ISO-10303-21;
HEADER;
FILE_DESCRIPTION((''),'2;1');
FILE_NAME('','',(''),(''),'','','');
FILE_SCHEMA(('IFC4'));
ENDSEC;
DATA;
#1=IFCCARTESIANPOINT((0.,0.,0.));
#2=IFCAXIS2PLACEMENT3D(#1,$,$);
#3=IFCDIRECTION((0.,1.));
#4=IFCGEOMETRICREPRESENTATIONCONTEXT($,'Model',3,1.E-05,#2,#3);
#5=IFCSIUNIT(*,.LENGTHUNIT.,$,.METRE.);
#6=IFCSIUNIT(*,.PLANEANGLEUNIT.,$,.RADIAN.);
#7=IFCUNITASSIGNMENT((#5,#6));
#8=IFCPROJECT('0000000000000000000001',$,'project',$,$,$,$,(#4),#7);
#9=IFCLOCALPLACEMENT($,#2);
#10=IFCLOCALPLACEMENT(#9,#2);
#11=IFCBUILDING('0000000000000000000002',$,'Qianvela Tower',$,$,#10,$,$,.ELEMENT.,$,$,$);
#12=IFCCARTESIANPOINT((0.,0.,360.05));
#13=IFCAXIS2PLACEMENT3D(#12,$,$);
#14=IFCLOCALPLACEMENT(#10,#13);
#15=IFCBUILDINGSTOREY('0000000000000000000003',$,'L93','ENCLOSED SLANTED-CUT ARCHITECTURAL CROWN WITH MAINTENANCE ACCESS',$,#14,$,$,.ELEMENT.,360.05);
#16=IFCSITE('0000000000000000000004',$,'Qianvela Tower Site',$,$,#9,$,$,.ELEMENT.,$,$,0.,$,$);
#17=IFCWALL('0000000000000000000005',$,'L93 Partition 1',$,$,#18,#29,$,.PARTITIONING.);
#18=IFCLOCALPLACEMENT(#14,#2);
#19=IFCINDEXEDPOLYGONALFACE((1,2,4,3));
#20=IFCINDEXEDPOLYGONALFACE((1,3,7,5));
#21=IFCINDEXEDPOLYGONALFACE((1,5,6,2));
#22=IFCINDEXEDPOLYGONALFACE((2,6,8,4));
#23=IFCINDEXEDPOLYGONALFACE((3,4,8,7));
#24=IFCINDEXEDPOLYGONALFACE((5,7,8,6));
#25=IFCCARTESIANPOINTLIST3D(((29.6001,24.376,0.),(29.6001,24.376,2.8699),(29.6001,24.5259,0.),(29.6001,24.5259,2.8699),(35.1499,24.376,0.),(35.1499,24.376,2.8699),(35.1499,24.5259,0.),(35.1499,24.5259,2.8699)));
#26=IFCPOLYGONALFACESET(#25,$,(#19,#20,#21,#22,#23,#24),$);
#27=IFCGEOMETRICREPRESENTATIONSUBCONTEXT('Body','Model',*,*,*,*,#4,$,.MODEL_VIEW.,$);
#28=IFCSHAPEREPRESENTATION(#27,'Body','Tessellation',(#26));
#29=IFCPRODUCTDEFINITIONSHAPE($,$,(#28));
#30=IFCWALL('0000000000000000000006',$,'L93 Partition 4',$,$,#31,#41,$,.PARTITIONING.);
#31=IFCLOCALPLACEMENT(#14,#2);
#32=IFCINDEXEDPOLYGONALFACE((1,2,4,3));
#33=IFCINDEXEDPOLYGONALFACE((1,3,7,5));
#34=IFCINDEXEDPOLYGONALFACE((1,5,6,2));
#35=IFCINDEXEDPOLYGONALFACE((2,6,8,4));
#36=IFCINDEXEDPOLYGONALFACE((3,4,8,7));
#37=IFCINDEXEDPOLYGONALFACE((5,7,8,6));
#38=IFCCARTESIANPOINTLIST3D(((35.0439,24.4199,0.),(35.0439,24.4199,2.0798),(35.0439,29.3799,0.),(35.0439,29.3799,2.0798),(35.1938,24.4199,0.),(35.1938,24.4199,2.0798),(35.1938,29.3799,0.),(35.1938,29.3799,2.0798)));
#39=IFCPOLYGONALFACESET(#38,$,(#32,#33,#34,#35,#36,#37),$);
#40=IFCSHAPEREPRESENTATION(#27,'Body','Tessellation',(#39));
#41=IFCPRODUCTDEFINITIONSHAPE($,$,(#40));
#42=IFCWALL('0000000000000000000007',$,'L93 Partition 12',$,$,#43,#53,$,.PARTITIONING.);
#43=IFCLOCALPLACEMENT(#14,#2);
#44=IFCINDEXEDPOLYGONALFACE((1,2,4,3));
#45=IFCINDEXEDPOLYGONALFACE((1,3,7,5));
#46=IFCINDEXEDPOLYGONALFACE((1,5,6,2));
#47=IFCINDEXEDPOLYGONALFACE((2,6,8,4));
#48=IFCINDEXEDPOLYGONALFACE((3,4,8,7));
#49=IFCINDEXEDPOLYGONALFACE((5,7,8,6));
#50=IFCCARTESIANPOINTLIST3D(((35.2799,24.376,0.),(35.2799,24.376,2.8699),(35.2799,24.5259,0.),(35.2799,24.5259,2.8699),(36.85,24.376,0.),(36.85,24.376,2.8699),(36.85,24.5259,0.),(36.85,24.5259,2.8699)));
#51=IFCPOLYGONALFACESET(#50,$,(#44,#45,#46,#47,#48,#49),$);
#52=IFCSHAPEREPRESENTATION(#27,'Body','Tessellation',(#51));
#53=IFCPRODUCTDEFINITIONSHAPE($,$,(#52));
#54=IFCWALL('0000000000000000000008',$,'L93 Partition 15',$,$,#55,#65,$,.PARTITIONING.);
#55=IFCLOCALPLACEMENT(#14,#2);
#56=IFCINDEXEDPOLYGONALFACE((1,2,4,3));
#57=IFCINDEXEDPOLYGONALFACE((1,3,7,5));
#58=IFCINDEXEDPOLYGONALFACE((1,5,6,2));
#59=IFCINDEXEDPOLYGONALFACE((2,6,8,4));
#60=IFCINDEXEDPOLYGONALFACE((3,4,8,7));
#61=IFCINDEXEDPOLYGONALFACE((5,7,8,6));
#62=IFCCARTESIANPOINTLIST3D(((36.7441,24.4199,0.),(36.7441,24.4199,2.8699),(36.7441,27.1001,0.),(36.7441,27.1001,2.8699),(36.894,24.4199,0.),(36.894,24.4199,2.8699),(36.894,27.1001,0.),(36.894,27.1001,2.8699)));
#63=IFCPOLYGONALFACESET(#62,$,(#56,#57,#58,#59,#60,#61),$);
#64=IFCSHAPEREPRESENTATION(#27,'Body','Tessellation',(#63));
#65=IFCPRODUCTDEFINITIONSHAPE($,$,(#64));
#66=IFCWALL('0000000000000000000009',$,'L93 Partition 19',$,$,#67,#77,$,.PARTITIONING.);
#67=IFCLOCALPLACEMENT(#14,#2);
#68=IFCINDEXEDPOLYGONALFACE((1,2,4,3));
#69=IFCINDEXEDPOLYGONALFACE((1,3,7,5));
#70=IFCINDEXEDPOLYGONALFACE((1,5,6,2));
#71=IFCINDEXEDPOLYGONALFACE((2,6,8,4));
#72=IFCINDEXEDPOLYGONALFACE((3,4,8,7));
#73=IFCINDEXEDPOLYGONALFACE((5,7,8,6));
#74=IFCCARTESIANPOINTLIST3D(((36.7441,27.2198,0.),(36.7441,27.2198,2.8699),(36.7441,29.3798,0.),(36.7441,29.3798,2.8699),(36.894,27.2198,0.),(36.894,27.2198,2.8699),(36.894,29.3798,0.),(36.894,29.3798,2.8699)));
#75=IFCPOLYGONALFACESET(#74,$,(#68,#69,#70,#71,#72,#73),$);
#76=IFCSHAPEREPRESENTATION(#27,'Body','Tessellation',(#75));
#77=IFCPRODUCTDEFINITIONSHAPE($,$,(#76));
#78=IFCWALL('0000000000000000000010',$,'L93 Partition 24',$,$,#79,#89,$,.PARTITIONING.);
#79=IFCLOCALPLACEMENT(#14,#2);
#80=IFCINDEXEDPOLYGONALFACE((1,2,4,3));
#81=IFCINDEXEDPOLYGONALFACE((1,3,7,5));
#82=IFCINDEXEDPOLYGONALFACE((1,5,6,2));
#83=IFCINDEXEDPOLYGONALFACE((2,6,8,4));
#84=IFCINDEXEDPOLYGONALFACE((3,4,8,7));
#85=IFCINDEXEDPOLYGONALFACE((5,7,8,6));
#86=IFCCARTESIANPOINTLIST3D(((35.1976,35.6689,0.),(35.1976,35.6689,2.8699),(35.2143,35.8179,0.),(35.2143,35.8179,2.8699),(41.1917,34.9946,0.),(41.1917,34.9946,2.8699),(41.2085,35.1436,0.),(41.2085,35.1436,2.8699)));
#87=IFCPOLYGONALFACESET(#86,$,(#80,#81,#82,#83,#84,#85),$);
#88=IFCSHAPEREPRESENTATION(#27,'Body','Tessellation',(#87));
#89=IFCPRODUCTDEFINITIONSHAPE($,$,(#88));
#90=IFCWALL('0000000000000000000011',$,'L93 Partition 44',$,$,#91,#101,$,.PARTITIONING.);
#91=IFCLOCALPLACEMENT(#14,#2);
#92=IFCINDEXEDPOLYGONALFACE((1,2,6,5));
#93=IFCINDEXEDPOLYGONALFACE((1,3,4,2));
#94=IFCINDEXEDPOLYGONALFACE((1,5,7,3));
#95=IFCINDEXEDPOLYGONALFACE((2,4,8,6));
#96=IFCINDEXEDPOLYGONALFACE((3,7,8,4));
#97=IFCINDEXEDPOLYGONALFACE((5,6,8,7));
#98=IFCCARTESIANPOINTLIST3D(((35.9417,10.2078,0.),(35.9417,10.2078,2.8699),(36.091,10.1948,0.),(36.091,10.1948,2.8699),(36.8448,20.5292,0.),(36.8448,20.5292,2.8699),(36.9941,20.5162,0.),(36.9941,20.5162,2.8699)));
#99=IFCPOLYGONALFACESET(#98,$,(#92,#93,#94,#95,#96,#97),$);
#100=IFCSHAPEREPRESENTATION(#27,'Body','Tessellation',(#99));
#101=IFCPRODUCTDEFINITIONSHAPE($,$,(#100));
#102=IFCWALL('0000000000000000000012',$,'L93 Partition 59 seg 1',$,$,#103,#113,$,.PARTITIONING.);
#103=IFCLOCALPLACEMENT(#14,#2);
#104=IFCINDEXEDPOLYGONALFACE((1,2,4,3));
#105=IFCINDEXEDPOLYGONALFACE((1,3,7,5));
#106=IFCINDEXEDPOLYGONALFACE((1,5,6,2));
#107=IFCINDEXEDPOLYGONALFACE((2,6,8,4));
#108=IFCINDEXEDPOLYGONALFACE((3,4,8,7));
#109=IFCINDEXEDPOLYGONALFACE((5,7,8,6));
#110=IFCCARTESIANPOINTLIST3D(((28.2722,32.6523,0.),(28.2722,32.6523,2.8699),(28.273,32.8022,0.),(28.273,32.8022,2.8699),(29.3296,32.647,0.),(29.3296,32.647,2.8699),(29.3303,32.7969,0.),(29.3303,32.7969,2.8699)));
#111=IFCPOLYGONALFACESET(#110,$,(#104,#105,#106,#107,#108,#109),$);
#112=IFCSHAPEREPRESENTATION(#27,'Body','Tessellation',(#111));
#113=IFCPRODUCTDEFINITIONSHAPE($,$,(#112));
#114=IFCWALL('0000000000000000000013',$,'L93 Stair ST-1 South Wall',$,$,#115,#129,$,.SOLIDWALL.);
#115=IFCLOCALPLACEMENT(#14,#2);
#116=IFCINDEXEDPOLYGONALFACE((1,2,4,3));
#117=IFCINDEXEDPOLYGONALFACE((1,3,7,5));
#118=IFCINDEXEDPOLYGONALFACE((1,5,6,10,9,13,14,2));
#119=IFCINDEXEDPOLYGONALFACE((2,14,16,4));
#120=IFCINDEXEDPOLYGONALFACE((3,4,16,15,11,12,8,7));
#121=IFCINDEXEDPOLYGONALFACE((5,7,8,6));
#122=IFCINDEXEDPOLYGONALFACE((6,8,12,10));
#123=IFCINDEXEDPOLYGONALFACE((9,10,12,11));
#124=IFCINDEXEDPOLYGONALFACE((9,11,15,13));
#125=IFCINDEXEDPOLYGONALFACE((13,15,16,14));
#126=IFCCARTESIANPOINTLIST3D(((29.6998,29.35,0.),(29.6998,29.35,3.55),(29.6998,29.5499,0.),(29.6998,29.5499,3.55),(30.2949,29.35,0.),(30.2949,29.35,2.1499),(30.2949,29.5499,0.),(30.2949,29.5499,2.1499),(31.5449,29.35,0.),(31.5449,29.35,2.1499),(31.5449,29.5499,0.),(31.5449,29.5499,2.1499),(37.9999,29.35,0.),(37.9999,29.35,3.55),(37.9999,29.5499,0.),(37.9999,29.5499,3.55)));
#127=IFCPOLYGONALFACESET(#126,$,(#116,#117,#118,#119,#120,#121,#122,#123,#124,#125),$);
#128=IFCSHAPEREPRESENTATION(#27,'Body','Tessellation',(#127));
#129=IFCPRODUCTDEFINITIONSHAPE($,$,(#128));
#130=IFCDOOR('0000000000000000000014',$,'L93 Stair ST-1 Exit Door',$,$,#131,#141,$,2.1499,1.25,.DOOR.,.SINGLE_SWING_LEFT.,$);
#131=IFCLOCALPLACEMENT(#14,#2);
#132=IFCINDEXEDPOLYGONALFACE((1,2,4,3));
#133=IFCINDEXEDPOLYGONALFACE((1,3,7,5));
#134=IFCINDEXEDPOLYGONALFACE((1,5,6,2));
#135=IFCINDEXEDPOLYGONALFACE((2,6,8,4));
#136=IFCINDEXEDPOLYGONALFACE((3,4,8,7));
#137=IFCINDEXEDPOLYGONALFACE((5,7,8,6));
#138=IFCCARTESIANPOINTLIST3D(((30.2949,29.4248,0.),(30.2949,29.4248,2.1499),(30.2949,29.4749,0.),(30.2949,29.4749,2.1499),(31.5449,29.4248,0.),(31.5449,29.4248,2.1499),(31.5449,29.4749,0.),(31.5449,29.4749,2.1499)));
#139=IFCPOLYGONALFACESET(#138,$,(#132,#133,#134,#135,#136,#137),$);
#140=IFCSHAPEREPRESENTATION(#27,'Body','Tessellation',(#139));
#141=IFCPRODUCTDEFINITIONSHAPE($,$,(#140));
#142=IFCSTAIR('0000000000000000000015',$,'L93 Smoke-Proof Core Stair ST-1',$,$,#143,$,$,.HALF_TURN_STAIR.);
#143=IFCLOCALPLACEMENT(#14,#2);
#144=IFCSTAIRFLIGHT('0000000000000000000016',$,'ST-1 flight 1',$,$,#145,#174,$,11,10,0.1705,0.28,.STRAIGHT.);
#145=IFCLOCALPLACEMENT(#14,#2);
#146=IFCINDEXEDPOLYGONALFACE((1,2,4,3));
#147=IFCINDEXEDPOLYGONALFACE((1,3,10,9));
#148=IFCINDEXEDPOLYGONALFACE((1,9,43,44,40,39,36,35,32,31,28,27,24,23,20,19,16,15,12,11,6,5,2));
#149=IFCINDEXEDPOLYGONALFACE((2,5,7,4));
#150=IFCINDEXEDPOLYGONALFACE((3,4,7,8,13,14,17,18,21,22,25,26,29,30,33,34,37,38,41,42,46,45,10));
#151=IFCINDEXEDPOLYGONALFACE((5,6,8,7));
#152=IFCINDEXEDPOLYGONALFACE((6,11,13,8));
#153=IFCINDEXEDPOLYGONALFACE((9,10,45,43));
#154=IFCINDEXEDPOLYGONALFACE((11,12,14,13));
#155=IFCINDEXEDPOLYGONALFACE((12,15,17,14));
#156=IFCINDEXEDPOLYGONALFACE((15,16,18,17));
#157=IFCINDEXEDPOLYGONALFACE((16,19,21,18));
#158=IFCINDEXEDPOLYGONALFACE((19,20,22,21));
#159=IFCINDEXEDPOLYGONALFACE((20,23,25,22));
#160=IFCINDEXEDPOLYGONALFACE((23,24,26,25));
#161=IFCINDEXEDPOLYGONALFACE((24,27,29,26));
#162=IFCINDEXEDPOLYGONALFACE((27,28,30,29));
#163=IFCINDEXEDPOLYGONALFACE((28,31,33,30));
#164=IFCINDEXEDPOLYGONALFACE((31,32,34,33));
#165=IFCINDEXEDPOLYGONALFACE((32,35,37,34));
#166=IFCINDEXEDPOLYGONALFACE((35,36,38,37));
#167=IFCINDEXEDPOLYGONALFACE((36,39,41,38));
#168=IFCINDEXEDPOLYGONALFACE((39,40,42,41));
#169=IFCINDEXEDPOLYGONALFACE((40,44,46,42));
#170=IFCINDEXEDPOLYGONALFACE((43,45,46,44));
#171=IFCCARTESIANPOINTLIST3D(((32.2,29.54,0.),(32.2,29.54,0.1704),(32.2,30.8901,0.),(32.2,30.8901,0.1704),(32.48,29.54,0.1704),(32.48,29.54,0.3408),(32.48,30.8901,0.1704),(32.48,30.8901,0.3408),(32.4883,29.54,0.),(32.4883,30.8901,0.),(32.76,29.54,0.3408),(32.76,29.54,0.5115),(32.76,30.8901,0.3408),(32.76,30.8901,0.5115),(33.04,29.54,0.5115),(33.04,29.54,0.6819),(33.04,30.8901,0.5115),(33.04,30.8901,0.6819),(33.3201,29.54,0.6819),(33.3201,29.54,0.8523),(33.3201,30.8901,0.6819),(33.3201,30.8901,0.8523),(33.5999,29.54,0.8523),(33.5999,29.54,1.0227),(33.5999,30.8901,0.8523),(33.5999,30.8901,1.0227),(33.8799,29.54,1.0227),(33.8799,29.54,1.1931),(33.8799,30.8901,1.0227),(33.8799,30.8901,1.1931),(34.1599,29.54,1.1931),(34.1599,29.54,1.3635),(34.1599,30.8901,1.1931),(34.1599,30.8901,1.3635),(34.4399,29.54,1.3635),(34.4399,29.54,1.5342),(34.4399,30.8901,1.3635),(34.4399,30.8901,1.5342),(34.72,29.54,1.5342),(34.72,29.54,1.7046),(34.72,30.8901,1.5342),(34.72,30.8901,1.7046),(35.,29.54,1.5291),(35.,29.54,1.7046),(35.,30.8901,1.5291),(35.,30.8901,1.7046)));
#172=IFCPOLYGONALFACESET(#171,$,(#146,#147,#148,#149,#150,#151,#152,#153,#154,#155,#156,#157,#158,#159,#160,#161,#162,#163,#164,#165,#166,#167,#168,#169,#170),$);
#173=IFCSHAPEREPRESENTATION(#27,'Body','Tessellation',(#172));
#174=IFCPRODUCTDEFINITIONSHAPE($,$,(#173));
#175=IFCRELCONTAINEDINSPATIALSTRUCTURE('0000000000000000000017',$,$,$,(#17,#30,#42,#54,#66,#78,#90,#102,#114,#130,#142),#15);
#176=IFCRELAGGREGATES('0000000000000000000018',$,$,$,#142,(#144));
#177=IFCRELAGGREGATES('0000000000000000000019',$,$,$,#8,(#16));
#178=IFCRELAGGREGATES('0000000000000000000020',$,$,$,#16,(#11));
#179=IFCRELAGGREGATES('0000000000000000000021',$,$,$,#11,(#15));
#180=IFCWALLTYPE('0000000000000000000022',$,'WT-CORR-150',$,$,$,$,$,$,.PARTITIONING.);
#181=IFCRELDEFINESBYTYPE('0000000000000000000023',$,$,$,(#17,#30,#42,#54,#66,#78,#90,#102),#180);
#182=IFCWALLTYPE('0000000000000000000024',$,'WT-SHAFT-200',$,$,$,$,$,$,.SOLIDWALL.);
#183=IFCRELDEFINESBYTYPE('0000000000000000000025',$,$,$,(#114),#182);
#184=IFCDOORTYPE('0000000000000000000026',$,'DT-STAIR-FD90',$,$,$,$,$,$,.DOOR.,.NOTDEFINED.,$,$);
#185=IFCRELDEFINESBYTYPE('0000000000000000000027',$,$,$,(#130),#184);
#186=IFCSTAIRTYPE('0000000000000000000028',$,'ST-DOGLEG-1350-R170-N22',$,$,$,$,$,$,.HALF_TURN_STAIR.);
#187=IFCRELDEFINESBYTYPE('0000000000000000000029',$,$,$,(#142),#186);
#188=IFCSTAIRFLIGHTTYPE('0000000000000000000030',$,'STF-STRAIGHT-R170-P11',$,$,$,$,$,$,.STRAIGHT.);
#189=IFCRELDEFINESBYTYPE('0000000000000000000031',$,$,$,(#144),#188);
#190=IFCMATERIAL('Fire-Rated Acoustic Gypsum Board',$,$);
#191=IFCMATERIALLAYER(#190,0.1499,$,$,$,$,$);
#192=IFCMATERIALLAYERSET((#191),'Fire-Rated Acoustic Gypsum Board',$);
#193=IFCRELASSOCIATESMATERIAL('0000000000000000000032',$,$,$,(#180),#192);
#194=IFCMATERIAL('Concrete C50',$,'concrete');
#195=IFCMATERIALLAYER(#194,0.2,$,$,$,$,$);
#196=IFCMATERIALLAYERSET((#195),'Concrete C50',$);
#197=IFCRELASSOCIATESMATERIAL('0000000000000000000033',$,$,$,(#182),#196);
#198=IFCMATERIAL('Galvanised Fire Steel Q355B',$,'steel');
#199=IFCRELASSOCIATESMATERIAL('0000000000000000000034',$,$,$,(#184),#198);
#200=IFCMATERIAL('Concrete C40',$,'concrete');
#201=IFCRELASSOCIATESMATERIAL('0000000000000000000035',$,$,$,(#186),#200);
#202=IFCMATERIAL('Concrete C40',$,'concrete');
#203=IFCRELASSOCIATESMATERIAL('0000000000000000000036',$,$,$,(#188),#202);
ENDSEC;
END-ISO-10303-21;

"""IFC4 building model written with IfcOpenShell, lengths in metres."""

from ifc_helpers import new_model, si_unit, direction, frame, frame_2d, origin, place, context, subcontext, project, spatial, polyline, rectangle, outline, extrude, material, layer, layer_set, type_object, element, fill, aggregate, save


model = new_model("IFC4")

# Units and contexts
model_context = context("Model", 3, precision=1e-05, world=origin(), true_north=direction((0.0, 1.0)))
body_context = subcontext(model_context, "Body", "Model", "MODEL_VIEW")
ifc_project = project(units=[si_unit("LENGTHUNIT", "METRE"), si_unit("PLANEANGLEUNIT", "RADIAN")], contexts=[model_context])

# Site, building, storey
site_placement = place(None, origin())
site = spatial("IfcSite", under=ifc_project, at=site_placement, Name="Qianvela Tower Site", CompositionType="ELEMENT", RefElevation=0.0)
building_placement = place(site_placement, origin())
building = spatial("IfcBuilding", under=site, at=building_placement, Name="Qianvela Tower", CompositionType="ELEMENT")
storey_placement = place(building_placement, frame((0.0, 0.0, 360.05)))
storey = spatial("IfcBuildingStorey", under=building, at=storey_placement, Name="L93", Description="ENCLOSED SLANTED-CUT ARCHITECTURAL CROWN WITH MAINTENANCE ACCESS", CompositionType="ELEMENT", Elevation=360.05)

# Walls
ifc_material_1 = material(Name="Fire-Rated Acoustic Gypsum Board")
ifc_layer_1 = layer(ifc_material_1, 0.1499)
ifc_layer_set_1 = layer_set([ifc_layer_1], Name="Fire-Rated Acoustic Gypsum Board")
wall_type_1 = type_object("IfcWallType", Name="WT-CORR-150", PredefinedType="PARTITIONING", material=ifc_layer_set_1)
wall_1_placement = place(storey_placement, frame((35.1499, 24.4509, 0.0), z_axis=(0.0, 0.0, 1.0), x_axis=(-1.0, 0.0, 0.0)))
element("IfcWall", 1, at=wall_1_placement, inside=storey, type_object=wall_type_1, Name="L93 Partition 1", PredefinedType="PARTITIONING", context=body_context, shape_type="SweptSolid", body=[
    extrude(rectangle(XDim=5.5498, YDim=0.1499, at=frame_2d((2.7749, 0.0))), origin(), (0.0, 0.0, 1.0), 2.8699),
])
wall_2_placement = place(storey_placement, frame((35.1189, 29.3799, 0.0), z_axis=(0.0, 0.0, 1.0), x_axis=(0.0, -1.0, 0.0)))
element("IfcWall", 2, at=wall_2_placement, inside=storey, type_object=wall_type_1, Name="L93 Partition 4", PredefinedType="PARTITIONING", context=body_context, shape_type="SweptSolid", body=[
    extrude(rectangle(XDim=4.96, YDim=0.1499, at=frame_2d((2.48, 0.0))), origin(), (0.0, 0.0, 1.0), 2.0798),
])
wall_3_placement = place(storey_placement, frame((36.8501, 24.4509, 0.0), z_axis=(0.0, 0.0, 1.0), x_axis=(-1.0, 0.0, 0.0)))
element("IfcWall", 3, at=wall_3_placement, inside=storey, type_object=wall_type_1, Name="L93 Partition 12", PredefinedType="PARTITIONING", context=body_context, shape_type="SweptSolid", body=[
    extrude(rectangle(XDim=1.5701, YDim=0.1499, at=frame_2d((0.7852, 0.0))), origin(), (0.0, 0.0, 1.0), 2.8699),
])

# Walls
wall_4_placement = place(storey_placement, frame((36.8191, 27.1001, 0.0), z_axis=(0.0, 0.0, 1.0), x_axis=(0.0, -1.0, 0.0)))
element("IfcWall", 4, at=wall_4_placement, inside=storey, type_object=wall_type_1, Name="L93 Partition 15", PredefinedType="PARTITIONING", context=body_context, shape_type="SweptSolid", body=[
    extrude(rectangle(XDim=2.6802, YDim=0.1499, at=frame_2d((1.3401, 0.0))), origin(), (0.0, 0.0, 1.0), 2.8699),
])
wall_5_placement = place(storey_placement, frame((36.8191, 29.3799, 0.0), z_axis=(0.0, 0.0, 1.0), x_axis=(0.0, -1.0, 0.0)))
element("IfcWall", 5, at=wall_5_placement, inside=storey, type_object=wall_type_1, Name="L93 Partition 19", PredefinedType="PARTITIONING", context=body_context, shape_type="SweptSolid", body=[
    extrude(rectangle(XDim=2.1599, YDim=0.1499, at=frame_2d((1.0801, 0.0))), origin(), (0.0, 0.0, 1.0), 2.8699),
])

# Walls
wall_6_placement = place(storey_placement, frame((35.2058, 35.7434, 0.0), z_axis=(0.0, 0.0, 1.0), x_axis=(0.993732, -0.111791, 0.0)))
element("IfcWall", 6, at=wall_6_placement, inside=storey, type_object=wall_type_1, Name="L93 Partition 24", PredefinedType="PARTITIONING", context=body_context, shape_type="SweptSolid", body=[
    extrude(rectangle(XDim=6.032, YDim=0.1499, at=frame_2d((3.0161, 0.0))), origin(), (0.0, 0.0, 1.0), 2.8699),
])
wall_7_placement = place(storey_placement, frame((36.9194, 20.5227, 0.0), z_axis=(0.0, 0.0, 1.0), x_axis=(-0.087163, -0.996194, 0.0)))
element("IfcWall", 7, at=wall_7_placement, inside=storey, type_object=wall_type_1, Name="L93 Partition 44", PredefinedType="PARTITIONING", context=body_context, shape_type="SweptSolid", body=[
    extrude(rectangle(XDim=10.3608, YDim=0.1499, at=frame_2d((5.1804, 0.0))), origin(), (0.0, 0.0, 1.0), 2.8699),
])
wall_8_placement = place(storey_placement, frame((29.3301, 32.7219, 0.0), z_axis=(0.0, 0.0, 1.0), x_axis=(-0.999987, 0.00508, 0.0)))
element("IfcWall", 8, at=wall_8_placement, inside=storey, type_object=wall_type_1, Name="L93 Partition 59 seg 1", PredefinedType="PARTITIONING", context=body_context, shape_type="SweptSolid", body=[
    extrude(rectangle(XDim=1.0574, YDim=0.1499, at=frame_2d((0.5288, 0.0))), origin(), (0.0, 0.0, 1.0), 2.8699),
])

# Wall, opening, door
ifc_material_2 = material(Name="Concrete C50", Category="concrete")
ifc_layer_2 = layer(ifc_material_2, 0.2)
ifc_layer_set_2 = layer_set([ifc_layer_2], Name="Concrete C50")
wall_type_2 = type_object("IfcWallType", Name="WT-SHAFT-200", PredefinedType="SOLIDWALL", material=ifc_layer_set_2)
wall_9_placement = place(storey_placement, frame((29.7, 29.45, 0.0), z_axis=(0.0, 0.0, 1.0), x_axis=(1.0, 0.0, 0.0)))
wall_9 = element("IfcWall", 9, at=wall_9_placement, inside=storey, type_object=wall_type_2, Name="L93 Stair ST-1 South Wall", PredefinedType="SOLIDWALL", context=body_context, shape_type="SweptSolid", body=[
    extrude(rectangle(XDim=8.3, YDim=0.2, at=frame_2d((4.1499, 0.0))), origin(), (0.0, 0.0, 1.0), 3.55),
])
opening_1_placement = place(wall_9_placement, frame((0.595, 0.0, 0.0)))
opening_1 = element("IfcOpeningElement", 10, at=opening_1_placement, cuts=wall_9, PredefinedType="OPENING", context=body_context, shape_type="SweptSolid", body=[
    extrude(rectangle(XDim=1.25, YDim=2.1499, at=frame_2d((0.625, 1.075))), frame((0.0, 0.1099, 0.0), z_axis=(0.0, -1.0, 0.0), x_axis=(1.0, 0.0, 0.0)), (0.0, 0.0, 1.0), 0.22),
])
ifc_material_3 = material(Name="Galvanised Fire Steel Q355B", Category="steel")
door_type_1 = type_object("IfcDoorType", Name="DT-STAIR-FD90", OperationType="NOTDEFINED", PredefinedType="DOOR", material=ifc_material_3)
door_1_placement = place(opening_1_placement, origin())
door_1 = element("IfcDoor", 11, at=door_1_placement, inside=storey, type_object=door_type_1, Name="L93 Stair ST-1 Exit Door", OperationType="SINGLE_SWING_LEFT", OverallHeight=2.1499, OverallWidth=1.25, PredefinedType="DOOR", context=body_context, shape_type="SweptSolid", body=[
    extrude(rectangle(XDim=1.25, YDim=2.1499, at=frame_2d((0.625, 1.075))), frame((0.0, 0.0249, 0.0), z_axis=(0.0, -1.0, 0.0), x_axis=(1.0, 0.0, 0.0)), (0.0, 0.0, 1.0), 0.05),
])
fill(opening_1, door_1)

# Stair, stair flight
ifc_material_4 = material(Name="Concrete C40", Category="concrete")
stair_type = type_object("IfcStairType", Name="ST-DOGLEG-1350-R170-N22", PredefinedType="HALF_TURN_STAIR", material=ifc_material_4)
stair_placement = place(storey_placement, origin())
stair = element("IfcStair", 12, at=stair_placement, inside=storey, type_object=stair_type, Name="L93 Smoke-Proof Core Stair ST-1", PredefinedType="HALF_TURN_STAIR")
ifc_material_5 = material(Name="Concrete C40", Category="concrete")
stair_flight_type = type_object("IfcStairFlightType", Name="STF-STRAIGHT-R170-P11", PredefinedType="STRAIGHT", material=ifc_material_5)
stair_flight_1_placement = place(storey_placement, frame((32.2, 30.2151, 0.0), z_axis=(0.0, 0.0, 1.0), x_axis=(1.0, 0.0, 0.0)))
stair_flight_1 = element("IfcStairFlight", 13, at=stair_flight_1_placement, type_object=stair_flight_type, Name="ST-1 flight 1", NumberOfRisers=11, NumberOfTreads=10, PredefinedType="STRAIGHT", RiserHeight=0.1705, TreadLength=0.28, context=body_context, shape_type="SweptSolid", body=[
    extrude(outline(polyline([(0.0, 0.0), (0.0, 0.1704), (0.28, 0.1704), (0.28, 0.3408), (0.5601, 0.3408), (0.5601, 0.5115), (0.8401, 0.5115), (0.8401, 0.6819), (1.1201, 0.6819), (1.1201, 0.8523), (1.3999, 0.8523), (1.3999, 1.0227), (1.6799, 1.0227), (1.6799, 1.1931), (1.96, 1.1931), (1.96, 1.3635), (2.24, 1.3635), (2.24, 1.5342), (2.52, 1.5342), (2.52, 1.7046), (2.8, 1.7046), (2.8, 1.875), (2.8, 1.5291), (0.2883, 0.0), (0.0, 0.0)])), frame((0.0, 0.675, 0.0), z_axis=(0.0, -1.0, 0.0), x_axis=(1.0, 0.0, 0.0)), (0.0, 0.0, 1.0), 1.3501),
])
aggregate(stair, [stair_flight_1])

save(model, "model.ifc")
